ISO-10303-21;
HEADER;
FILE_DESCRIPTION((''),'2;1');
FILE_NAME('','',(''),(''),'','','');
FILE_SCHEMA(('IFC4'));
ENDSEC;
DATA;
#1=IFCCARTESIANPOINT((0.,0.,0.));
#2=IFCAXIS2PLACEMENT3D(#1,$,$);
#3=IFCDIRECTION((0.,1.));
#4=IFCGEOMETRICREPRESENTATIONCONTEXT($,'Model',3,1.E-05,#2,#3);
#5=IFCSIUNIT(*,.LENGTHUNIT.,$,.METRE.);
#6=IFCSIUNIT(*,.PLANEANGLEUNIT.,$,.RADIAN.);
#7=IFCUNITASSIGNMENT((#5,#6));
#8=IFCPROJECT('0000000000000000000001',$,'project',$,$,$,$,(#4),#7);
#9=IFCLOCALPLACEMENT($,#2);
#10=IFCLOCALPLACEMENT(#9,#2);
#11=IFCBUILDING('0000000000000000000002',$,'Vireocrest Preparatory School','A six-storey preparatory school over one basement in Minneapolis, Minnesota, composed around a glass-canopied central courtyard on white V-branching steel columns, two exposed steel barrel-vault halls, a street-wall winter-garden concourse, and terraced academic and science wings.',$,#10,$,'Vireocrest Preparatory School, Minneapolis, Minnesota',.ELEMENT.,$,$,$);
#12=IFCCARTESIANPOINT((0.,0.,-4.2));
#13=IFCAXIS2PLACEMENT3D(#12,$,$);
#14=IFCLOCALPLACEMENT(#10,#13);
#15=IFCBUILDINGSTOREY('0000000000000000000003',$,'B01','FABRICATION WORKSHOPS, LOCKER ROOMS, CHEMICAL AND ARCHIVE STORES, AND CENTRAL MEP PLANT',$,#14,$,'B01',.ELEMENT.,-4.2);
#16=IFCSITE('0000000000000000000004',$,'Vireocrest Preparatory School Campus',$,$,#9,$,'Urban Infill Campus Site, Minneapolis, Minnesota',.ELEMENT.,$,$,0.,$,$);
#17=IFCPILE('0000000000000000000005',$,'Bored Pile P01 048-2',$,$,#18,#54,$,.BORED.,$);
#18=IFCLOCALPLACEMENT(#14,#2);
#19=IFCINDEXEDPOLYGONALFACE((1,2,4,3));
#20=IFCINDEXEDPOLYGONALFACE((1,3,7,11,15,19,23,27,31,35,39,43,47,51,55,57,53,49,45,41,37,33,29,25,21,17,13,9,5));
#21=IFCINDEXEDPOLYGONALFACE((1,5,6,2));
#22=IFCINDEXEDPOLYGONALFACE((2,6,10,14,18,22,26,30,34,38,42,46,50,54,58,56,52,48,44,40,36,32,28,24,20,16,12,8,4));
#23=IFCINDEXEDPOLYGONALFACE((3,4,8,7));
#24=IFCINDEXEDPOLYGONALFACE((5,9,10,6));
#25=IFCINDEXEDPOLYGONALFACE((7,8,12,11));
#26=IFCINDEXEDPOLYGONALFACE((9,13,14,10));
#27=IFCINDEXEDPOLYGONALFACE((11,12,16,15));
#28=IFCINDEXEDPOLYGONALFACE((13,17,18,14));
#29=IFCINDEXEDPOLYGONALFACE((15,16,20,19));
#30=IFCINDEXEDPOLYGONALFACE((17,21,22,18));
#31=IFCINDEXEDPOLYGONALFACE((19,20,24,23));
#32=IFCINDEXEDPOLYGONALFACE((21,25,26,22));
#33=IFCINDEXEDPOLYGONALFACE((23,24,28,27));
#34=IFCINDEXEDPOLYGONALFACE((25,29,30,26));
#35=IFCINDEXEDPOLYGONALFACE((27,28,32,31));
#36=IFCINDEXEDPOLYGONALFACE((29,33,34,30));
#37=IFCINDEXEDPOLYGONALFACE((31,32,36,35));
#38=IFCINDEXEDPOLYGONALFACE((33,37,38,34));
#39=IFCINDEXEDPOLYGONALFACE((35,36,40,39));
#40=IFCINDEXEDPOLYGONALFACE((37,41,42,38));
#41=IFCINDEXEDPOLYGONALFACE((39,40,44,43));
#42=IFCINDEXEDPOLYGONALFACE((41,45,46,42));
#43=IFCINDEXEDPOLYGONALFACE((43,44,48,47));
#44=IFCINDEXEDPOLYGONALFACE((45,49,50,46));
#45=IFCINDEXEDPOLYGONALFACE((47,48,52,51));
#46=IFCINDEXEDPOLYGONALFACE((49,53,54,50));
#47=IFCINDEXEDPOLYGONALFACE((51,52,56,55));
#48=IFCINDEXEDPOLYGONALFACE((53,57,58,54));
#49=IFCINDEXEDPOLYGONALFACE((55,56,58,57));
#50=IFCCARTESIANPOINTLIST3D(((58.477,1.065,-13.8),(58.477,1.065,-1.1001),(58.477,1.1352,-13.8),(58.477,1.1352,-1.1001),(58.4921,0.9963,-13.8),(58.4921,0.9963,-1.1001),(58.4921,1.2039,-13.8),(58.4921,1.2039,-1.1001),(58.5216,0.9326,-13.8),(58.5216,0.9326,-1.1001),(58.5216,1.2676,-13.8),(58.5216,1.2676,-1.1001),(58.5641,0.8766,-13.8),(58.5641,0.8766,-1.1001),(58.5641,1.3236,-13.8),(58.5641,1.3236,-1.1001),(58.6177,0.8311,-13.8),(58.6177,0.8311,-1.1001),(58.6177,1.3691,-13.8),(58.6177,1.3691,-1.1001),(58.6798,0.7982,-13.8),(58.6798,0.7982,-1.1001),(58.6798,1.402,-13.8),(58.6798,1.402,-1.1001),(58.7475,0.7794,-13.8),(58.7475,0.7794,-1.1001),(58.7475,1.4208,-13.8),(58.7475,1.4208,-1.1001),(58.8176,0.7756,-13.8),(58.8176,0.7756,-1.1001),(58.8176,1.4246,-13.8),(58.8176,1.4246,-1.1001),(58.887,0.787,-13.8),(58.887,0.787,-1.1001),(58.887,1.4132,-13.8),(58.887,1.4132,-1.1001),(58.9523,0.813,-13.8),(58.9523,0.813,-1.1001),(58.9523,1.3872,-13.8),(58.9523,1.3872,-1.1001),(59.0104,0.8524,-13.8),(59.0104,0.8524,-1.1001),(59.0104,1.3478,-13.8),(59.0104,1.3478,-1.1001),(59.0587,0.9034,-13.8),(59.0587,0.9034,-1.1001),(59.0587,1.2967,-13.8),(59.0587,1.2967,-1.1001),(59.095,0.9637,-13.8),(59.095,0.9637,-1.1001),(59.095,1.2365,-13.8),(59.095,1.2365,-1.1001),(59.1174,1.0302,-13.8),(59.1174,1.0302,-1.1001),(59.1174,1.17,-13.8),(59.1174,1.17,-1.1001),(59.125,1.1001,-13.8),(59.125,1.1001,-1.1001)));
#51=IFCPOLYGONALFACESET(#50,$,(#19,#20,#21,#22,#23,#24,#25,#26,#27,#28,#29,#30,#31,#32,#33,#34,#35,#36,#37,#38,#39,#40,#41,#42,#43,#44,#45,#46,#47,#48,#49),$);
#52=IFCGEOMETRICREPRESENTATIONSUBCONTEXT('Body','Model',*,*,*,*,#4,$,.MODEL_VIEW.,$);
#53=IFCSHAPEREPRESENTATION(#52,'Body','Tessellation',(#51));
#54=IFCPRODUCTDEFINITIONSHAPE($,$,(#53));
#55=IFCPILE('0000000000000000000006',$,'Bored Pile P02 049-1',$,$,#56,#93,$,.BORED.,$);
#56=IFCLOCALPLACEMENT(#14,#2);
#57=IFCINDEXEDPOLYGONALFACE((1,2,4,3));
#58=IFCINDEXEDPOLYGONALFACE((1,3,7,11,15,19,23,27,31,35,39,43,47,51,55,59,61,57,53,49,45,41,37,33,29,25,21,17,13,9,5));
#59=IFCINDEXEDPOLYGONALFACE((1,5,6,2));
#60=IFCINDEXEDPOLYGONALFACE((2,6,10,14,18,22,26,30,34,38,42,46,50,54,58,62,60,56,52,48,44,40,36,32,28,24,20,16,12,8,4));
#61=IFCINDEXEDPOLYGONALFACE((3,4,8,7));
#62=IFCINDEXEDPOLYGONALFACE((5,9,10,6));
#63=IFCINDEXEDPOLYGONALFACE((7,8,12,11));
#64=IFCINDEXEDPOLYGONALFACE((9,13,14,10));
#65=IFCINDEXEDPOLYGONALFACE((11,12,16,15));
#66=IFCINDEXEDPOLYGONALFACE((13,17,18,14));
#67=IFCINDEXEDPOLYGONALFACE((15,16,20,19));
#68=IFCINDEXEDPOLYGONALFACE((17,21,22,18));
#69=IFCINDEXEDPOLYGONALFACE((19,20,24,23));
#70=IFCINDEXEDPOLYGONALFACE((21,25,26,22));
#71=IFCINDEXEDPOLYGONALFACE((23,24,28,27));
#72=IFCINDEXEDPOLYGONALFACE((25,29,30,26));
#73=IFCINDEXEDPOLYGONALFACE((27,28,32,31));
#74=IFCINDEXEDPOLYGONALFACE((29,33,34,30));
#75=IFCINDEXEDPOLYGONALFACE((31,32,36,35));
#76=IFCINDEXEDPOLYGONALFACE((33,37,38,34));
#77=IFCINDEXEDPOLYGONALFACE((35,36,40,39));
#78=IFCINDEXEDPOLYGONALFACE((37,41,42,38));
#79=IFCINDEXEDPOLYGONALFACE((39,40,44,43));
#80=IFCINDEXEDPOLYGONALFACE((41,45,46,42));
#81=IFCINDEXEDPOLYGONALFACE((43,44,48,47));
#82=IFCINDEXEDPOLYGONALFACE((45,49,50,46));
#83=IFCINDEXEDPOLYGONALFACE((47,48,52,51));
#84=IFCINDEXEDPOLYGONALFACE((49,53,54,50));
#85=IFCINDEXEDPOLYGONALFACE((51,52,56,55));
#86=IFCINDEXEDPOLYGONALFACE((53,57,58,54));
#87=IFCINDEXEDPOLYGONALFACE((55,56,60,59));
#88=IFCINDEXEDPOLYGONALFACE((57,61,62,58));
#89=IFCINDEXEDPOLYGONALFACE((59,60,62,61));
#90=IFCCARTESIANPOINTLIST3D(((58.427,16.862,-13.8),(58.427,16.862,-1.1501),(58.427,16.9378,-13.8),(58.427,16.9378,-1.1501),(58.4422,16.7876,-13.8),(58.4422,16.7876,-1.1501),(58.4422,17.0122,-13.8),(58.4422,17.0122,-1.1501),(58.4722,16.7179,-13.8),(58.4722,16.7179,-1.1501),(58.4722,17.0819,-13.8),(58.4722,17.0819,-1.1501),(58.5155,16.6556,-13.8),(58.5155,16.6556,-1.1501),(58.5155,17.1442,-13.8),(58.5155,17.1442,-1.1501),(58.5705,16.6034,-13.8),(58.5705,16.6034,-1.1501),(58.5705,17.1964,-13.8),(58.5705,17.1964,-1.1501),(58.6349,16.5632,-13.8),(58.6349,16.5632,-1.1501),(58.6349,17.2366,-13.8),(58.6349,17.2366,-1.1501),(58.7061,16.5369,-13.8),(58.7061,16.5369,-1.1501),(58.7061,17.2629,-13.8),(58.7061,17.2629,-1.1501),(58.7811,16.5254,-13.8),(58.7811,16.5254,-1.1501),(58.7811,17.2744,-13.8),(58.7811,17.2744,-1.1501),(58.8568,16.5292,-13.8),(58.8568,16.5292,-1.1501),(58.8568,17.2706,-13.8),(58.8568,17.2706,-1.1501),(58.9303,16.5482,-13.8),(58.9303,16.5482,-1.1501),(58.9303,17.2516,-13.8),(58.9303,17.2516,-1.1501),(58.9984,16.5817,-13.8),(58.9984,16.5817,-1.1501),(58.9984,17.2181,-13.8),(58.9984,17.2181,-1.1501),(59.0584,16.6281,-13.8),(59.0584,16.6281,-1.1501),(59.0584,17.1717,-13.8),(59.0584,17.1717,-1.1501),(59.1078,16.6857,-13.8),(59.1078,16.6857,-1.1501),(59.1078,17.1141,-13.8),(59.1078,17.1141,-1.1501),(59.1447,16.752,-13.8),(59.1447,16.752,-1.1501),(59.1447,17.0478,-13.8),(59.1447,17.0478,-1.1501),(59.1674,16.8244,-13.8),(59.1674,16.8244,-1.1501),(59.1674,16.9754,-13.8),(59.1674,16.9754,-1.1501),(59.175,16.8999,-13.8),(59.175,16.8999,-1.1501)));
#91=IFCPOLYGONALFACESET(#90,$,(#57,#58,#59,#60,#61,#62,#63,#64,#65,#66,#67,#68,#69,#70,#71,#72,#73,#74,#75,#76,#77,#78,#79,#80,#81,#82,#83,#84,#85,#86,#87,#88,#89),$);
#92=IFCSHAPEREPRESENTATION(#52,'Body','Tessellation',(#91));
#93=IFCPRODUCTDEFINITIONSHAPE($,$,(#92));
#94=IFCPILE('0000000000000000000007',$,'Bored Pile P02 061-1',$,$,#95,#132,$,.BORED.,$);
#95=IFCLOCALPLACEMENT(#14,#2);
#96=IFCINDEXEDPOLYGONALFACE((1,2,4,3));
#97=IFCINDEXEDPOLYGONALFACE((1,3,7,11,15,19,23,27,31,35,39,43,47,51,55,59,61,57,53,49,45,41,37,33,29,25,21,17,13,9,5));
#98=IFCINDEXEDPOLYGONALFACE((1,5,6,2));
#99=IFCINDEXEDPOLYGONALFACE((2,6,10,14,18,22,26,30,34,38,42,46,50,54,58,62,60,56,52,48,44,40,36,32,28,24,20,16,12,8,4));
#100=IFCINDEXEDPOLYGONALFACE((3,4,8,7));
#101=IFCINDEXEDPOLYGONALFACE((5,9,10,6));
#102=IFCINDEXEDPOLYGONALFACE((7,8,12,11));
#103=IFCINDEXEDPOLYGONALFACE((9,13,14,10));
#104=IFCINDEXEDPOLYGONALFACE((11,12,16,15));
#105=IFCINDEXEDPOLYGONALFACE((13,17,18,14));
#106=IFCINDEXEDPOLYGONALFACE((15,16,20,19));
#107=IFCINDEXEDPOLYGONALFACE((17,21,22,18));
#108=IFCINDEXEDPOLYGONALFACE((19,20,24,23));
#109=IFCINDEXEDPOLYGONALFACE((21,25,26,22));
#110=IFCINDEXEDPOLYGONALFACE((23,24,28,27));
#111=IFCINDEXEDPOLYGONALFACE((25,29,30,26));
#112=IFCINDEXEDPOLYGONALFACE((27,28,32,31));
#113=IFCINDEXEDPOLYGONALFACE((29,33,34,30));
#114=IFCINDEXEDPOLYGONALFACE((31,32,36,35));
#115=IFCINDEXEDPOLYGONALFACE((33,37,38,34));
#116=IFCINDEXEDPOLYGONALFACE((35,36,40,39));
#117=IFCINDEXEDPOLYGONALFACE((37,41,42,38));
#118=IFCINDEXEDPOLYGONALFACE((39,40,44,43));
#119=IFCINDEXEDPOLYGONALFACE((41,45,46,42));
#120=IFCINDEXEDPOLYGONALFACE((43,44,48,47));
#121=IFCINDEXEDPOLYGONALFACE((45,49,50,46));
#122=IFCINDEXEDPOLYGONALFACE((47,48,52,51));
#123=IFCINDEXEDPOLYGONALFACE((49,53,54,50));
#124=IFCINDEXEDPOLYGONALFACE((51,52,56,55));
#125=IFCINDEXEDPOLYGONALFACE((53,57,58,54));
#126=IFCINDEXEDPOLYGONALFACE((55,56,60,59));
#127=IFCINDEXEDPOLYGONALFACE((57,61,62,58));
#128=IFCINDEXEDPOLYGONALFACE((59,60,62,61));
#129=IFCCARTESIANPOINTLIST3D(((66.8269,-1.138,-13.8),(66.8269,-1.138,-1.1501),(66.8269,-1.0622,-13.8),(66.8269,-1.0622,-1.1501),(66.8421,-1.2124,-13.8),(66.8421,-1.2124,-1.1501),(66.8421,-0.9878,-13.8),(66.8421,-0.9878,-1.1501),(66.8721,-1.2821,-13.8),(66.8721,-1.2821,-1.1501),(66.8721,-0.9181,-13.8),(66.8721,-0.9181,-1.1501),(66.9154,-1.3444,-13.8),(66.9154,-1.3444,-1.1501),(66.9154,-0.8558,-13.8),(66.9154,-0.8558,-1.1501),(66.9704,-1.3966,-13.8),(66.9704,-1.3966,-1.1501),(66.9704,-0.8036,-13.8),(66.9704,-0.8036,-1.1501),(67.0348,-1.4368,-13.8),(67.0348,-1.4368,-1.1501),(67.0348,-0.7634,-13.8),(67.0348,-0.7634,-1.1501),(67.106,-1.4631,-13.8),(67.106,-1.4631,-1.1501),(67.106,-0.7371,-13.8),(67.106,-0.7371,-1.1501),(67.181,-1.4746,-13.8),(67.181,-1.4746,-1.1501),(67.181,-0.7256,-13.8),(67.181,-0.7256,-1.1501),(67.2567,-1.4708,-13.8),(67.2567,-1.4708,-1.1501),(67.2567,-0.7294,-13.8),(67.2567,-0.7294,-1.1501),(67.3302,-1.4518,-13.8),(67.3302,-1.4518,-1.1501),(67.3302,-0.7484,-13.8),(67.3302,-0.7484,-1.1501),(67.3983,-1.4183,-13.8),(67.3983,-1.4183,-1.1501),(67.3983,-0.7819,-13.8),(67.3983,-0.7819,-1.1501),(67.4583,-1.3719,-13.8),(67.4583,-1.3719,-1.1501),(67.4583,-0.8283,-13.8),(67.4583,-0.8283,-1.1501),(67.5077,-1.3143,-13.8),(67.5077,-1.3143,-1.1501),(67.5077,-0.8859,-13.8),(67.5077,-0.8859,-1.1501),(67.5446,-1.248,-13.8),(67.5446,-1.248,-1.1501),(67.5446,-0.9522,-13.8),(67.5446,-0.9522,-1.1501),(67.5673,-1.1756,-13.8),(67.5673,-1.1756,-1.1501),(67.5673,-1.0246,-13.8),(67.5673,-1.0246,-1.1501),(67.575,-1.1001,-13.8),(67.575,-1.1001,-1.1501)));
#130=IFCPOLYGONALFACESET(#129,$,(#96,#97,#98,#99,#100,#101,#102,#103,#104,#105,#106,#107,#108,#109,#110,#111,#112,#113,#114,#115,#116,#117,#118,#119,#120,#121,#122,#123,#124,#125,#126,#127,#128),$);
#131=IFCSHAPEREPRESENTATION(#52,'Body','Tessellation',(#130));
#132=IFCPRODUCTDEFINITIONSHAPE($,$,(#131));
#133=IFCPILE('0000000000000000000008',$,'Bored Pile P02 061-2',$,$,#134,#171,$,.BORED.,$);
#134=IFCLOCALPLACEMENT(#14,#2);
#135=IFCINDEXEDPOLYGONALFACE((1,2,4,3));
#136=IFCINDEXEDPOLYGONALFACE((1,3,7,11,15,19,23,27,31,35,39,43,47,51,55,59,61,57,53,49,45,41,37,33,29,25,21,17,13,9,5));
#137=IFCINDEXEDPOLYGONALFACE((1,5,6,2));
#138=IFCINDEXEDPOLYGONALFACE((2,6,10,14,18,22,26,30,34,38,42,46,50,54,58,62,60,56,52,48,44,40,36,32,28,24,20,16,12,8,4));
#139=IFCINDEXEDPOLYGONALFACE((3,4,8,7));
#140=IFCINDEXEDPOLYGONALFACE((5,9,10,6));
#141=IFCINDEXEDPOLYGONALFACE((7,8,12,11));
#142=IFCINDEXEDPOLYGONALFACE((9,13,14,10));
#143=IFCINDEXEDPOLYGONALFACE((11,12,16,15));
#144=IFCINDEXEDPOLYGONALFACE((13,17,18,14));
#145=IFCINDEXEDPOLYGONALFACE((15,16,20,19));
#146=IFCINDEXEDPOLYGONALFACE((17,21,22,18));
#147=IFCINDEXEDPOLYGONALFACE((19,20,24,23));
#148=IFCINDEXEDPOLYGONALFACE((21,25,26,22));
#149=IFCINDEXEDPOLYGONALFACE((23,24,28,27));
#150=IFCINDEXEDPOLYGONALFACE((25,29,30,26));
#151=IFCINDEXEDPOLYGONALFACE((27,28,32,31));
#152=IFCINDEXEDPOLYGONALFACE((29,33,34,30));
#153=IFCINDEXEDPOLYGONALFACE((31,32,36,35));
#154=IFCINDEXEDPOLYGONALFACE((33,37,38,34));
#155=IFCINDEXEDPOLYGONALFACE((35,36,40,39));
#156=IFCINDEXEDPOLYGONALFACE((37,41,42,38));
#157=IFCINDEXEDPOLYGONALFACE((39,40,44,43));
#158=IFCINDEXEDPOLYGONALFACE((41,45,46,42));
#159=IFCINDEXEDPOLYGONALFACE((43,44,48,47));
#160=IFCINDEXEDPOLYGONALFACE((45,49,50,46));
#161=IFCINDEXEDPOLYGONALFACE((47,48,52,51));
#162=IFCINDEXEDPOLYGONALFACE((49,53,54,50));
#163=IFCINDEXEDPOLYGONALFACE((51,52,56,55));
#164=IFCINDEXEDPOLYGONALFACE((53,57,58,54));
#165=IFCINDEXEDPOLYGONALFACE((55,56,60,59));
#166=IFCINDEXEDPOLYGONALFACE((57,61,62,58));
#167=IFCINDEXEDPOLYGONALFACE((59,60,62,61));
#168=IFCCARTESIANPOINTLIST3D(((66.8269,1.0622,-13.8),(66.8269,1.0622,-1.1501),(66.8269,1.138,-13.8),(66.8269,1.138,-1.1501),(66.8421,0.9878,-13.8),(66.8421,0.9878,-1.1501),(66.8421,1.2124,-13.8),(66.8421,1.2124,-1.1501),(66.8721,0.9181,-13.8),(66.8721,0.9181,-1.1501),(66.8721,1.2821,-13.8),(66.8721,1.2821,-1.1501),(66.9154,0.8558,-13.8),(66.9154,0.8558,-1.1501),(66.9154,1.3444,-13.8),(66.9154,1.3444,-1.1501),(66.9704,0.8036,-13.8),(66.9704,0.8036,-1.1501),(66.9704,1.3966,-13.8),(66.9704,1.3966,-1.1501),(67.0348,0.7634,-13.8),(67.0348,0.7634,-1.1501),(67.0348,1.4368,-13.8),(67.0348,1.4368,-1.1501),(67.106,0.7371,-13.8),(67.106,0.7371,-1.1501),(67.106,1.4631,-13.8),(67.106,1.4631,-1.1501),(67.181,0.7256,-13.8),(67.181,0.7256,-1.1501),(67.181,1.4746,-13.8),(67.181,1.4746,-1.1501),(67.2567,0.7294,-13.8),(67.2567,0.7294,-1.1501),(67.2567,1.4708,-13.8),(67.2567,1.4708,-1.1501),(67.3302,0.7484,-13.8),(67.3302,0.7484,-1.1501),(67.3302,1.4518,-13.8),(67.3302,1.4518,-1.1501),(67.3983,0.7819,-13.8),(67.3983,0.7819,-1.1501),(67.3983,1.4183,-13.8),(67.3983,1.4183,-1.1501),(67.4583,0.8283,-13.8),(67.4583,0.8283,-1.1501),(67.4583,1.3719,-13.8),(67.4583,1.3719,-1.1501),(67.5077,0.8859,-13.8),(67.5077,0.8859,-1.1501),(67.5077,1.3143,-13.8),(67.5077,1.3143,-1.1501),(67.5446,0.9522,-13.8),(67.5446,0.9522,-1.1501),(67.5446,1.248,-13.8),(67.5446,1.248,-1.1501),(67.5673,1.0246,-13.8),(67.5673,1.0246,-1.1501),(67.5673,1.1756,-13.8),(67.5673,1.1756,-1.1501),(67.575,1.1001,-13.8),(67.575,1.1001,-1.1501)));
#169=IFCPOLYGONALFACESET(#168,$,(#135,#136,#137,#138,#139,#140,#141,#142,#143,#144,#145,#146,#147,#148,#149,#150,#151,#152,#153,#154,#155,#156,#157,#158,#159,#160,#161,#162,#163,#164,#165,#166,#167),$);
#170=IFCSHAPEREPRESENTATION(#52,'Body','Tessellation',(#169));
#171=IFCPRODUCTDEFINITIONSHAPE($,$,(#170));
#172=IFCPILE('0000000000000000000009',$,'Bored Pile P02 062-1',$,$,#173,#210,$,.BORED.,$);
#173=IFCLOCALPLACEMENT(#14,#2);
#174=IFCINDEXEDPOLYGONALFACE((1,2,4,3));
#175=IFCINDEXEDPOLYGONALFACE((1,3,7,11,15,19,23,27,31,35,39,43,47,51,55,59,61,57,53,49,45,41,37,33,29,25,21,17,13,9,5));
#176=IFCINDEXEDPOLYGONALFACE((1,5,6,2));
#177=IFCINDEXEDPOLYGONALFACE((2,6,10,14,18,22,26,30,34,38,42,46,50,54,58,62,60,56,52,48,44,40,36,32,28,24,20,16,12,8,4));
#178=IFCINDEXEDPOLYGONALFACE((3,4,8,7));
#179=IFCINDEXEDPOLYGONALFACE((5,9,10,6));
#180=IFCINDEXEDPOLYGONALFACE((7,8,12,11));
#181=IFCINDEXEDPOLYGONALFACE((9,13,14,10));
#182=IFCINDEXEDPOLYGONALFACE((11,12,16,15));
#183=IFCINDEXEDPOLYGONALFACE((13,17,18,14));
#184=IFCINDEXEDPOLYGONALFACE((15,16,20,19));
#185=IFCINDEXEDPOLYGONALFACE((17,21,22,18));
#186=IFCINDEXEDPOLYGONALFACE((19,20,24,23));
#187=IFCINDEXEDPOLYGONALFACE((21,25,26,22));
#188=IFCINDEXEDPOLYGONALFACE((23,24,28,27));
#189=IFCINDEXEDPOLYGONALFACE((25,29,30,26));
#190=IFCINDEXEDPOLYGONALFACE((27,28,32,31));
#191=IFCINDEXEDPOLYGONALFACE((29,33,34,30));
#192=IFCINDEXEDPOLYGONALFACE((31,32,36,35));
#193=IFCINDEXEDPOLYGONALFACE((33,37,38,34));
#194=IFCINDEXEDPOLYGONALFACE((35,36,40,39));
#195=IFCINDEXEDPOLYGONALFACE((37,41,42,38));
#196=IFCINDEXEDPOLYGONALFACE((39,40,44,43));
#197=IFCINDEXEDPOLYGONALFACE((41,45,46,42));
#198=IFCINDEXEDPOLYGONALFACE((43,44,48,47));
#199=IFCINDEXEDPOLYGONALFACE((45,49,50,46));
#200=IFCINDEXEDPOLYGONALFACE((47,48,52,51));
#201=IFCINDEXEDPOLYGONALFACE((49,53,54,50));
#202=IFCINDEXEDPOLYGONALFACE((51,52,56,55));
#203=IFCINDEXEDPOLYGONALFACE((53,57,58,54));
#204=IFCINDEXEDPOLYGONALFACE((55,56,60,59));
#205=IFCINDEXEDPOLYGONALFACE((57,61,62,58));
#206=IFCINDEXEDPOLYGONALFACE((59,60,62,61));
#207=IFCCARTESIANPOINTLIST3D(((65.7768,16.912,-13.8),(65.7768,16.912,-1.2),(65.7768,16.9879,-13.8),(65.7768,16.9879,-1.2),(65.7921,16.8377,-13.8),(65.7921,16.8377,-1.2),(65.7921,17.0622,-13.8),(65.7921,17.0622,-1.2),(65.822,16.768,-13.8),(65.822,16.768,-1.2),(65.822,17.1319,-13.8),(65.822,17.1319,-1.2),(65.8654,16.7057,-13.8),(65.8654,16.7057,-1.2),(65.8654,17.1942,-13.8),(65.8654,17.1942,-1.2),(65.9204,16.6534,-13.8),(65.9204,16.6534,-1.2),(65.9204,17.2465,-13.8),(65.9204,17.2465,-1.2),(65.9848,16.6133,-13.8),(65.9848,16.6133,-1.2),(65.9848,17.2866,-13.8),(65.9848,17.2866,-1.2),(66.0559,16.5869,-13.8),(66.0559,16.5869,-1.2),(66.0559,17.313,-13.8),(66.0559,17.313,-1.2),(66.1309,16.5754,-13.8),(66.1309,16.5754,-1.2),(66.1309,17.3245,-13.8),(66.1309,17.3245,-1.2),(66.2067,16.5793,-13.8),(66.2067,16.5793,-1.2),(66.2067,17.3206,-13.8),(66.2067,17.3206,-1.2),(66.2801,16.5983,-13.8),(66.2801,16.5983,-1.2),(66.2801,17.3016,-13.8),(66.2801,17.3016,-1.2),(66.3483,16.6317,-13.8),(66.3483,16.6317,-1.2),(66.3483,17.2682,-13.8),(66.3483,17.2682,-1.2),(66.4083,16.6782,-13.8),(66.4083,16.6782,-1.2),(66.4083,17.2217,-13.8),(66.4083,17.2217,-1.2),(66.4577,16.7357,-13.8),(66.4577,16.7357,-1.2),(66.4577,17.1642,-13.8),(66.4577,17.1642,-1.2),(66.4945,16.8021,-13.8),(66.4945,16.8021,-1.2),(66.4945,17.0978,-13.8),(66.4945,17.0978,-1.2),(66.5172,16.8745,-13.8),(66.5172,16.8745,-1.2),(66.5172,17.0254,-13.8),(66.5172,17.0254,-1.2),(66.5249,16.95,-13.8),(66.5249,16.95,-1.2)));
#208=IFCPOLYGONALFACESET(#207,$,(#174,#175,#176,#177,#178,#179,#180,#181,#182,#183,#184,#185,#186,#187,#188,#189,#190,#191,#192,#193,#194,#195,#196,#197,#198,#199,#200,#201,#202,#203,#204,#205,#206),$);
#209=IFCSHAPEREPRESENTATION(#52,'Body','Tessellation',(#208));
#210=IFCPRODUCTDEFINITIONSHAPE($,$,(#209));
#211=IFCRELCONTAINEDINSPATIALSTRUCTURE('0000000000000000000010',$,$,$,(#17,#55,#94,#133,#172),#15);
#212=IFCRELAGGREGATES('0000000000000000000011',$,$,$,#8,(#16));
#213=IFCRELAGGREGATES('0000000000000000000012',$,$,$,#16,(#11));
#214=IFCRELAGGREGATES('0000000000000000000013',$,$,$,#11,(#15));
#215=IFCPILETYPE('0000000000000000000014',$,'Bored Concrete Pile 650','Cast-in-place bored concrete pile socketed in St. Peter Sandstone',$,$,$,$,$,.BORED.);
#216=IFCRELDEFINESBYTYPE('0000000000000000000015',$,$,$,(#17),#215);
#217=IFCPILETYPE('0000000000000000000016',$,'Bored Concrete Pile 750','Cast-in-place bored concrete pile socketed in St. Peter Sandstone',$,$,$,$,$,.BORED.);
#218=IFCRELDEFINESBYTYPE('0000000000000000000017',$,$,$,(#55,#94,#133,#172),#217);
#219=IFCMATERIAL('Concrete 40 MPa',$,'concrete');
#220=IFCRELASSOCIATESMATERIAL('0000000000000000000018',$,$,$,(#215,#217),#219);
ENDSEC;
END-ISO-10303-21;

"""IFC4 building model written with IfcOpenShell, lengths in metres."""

from ifc_helpers import new_model, si_unit, direction, frame, origin, origin_2d, place, context, subcontext, project, spatial, circle, extrude, material, material_profile, profile_set, type_object, element, save


model = new_model("IFC4")

# Units and contexts
model_context = context("Model", 3, precision=1e-05, world=origin(), true_north=direction((0.0, 1.0)))
body_context = subcontext(model_context, "Body", "Model", "MODEL_VIEW")
ifc_project = project(units=[si_unit("LENGTHUNIT", "METRE"), si_unit("PLANEANGLEUNIT", "RADIAN")], contexts=[model_context])

# Site, building, storey
site_placement = place(None, origin())
site = spatial("IfcSite", under=ifc_project, at=site_placement, Name="Vireocrest Preparatory School Campus", LongName="Urban Infill Campus Site, Minneapolis, Minnesota", CompositionType="ELEMENT", RefElevation=0.0)
building_placement = place(site_placement, origin())
building = spatial("IfcBuilding", under=site, at=building_placement, Name="Vireocrest Preparatory School", Description="A six-storey preparatory school over one basement in Minneapolis, Minnesota, composed around a glass-canopied central courtyard on white V-branching steel columns, two exposed steel barrel-vault halls, a street-wall winter-garden concourse, and terraced academic and science wings.", LongName="Vireocrest Preparatory School, Minneapolis, Minnesota", CompositionType="ELEMENT")
storey_placement = place(building_placement, frame((0.0, 0.0, -4.2)))
storey = spatial("IfcBuildingStorey", under=building, at=storey_placement, Name="B01", Description="FABRICATION WORKSHOPS, LOCKER ROOMS, CHEMICAL AND ARCHIVE STORES, AND CENTRAL MEP PLANT", LongName="B01", CompositionType="ELEMENT", Elevation=-4.2)

# Piles
ifc_material_1 = material(Name="Concrete 40 MPa", Category="concrete")
ifc_material_profile_1 = material_profile(ifc_material_1, circle(Radius=0.325, at=origin_2d()), Name="BORED PILE 650")
ifc_profile_set_1 = profile_set([ifc_material_profile_1], Name="Concrete 40 MPa")
pile_type_1 = type_object("IfcPileType", Name="Bored Concrete Pile 650", Description="Cast-in-place bored concrete pile socketed in St. Peter Sandstone", PredefinedType="BORED", material=ifc_profile_set_1)
pile_placement = place(storey_placement, frame((58.8, 1.1001, -1.1001), z_axis=(0.0, 0.0, -1.0), x_axis=(1.0, 0.0, 0.0)))
element("IfcPile", 1, at=pile_placement, inside=storey, type_object=pile_type_1, Name="Bored Pile P01 048-2", PredefinedType="BORED", context=body_context, shape_type="SweptSolid", body=[
    extrude(circle(Radius=0.325, at=origin_2d()), origin(), (0.0, 0.0, 1.0), 12.7),
])
ifc_material_profile_2 = material_profile(ifc_material_1, circle(Radius=0.375, at=origin_2d()), Name="BORED PILE 750")
ifc_profile_set_2 = profile_set([ifc_material_profile_2], Name="Concrete 40 MPa")
pile_type_2 = type_object("IfcPileType", Name="Bored Concrete Pile 750", Description="Cast-in-place bored concrete pile socketed in St. Peter Sandstone", PredefinedType="BORED", material=ifc_profile_set_2)
for number, where, z_axis, x_axis, name in (
    (2, (58.8, 16.8999, -1.1501), (0.0, 0.0, -1.0), (1.0, 0.0, 0.0), "Bored Pile P02 049-1"),
    (3, (67.2, -1.1001, -1.1501), (0.0, 0.0, -1.0), (1.0, 0.0, 0.0), "Bored Pile P02 061-1"),
    (4, (67.2, 1.1001, -1.1501), (0.0, 0.0, -1.0), (1.0, 0.0, 0.0), "Bored Pile P02 061-2"),
):
    element("IfcPile", number, at=place(storey_placement, frame(where, z_axis=z_axis, x_axis=x_axis)), inside=storey, type_object=pile_type_2, Name=name, PredefinedType="BORED", context=body_context, shape_type="SweptSolid", body=[
        extrude(circle(Radius=0.375, at=origin_2d()), origin(), (0.0, 0.0, 1.0), 12.6499),
    ])
for number, where, z_axis, x_axis, name in (
    (5, (66.1499, 16.95, -1.2), (0.0, 0.0, -1.0), (1.0, 0.0, 0.0), "Bored Pile P02 062-1"),
):
    element("IfcPile", number, at=place(storey_placement, frame(where, z_axis=z_axis, x_axis=x_axis)), inside=storey, type_object=pile_type_2, Name=name, PredefinedType="BORED", context=body_context, shape_type="SweptSolid", body=[
        extrude(circle(Radius=0.375, at=origin_2d()), origin(), (0.0, 0.0, 1.0), 12.6001),
    ])

save(model, "model.ifc")
